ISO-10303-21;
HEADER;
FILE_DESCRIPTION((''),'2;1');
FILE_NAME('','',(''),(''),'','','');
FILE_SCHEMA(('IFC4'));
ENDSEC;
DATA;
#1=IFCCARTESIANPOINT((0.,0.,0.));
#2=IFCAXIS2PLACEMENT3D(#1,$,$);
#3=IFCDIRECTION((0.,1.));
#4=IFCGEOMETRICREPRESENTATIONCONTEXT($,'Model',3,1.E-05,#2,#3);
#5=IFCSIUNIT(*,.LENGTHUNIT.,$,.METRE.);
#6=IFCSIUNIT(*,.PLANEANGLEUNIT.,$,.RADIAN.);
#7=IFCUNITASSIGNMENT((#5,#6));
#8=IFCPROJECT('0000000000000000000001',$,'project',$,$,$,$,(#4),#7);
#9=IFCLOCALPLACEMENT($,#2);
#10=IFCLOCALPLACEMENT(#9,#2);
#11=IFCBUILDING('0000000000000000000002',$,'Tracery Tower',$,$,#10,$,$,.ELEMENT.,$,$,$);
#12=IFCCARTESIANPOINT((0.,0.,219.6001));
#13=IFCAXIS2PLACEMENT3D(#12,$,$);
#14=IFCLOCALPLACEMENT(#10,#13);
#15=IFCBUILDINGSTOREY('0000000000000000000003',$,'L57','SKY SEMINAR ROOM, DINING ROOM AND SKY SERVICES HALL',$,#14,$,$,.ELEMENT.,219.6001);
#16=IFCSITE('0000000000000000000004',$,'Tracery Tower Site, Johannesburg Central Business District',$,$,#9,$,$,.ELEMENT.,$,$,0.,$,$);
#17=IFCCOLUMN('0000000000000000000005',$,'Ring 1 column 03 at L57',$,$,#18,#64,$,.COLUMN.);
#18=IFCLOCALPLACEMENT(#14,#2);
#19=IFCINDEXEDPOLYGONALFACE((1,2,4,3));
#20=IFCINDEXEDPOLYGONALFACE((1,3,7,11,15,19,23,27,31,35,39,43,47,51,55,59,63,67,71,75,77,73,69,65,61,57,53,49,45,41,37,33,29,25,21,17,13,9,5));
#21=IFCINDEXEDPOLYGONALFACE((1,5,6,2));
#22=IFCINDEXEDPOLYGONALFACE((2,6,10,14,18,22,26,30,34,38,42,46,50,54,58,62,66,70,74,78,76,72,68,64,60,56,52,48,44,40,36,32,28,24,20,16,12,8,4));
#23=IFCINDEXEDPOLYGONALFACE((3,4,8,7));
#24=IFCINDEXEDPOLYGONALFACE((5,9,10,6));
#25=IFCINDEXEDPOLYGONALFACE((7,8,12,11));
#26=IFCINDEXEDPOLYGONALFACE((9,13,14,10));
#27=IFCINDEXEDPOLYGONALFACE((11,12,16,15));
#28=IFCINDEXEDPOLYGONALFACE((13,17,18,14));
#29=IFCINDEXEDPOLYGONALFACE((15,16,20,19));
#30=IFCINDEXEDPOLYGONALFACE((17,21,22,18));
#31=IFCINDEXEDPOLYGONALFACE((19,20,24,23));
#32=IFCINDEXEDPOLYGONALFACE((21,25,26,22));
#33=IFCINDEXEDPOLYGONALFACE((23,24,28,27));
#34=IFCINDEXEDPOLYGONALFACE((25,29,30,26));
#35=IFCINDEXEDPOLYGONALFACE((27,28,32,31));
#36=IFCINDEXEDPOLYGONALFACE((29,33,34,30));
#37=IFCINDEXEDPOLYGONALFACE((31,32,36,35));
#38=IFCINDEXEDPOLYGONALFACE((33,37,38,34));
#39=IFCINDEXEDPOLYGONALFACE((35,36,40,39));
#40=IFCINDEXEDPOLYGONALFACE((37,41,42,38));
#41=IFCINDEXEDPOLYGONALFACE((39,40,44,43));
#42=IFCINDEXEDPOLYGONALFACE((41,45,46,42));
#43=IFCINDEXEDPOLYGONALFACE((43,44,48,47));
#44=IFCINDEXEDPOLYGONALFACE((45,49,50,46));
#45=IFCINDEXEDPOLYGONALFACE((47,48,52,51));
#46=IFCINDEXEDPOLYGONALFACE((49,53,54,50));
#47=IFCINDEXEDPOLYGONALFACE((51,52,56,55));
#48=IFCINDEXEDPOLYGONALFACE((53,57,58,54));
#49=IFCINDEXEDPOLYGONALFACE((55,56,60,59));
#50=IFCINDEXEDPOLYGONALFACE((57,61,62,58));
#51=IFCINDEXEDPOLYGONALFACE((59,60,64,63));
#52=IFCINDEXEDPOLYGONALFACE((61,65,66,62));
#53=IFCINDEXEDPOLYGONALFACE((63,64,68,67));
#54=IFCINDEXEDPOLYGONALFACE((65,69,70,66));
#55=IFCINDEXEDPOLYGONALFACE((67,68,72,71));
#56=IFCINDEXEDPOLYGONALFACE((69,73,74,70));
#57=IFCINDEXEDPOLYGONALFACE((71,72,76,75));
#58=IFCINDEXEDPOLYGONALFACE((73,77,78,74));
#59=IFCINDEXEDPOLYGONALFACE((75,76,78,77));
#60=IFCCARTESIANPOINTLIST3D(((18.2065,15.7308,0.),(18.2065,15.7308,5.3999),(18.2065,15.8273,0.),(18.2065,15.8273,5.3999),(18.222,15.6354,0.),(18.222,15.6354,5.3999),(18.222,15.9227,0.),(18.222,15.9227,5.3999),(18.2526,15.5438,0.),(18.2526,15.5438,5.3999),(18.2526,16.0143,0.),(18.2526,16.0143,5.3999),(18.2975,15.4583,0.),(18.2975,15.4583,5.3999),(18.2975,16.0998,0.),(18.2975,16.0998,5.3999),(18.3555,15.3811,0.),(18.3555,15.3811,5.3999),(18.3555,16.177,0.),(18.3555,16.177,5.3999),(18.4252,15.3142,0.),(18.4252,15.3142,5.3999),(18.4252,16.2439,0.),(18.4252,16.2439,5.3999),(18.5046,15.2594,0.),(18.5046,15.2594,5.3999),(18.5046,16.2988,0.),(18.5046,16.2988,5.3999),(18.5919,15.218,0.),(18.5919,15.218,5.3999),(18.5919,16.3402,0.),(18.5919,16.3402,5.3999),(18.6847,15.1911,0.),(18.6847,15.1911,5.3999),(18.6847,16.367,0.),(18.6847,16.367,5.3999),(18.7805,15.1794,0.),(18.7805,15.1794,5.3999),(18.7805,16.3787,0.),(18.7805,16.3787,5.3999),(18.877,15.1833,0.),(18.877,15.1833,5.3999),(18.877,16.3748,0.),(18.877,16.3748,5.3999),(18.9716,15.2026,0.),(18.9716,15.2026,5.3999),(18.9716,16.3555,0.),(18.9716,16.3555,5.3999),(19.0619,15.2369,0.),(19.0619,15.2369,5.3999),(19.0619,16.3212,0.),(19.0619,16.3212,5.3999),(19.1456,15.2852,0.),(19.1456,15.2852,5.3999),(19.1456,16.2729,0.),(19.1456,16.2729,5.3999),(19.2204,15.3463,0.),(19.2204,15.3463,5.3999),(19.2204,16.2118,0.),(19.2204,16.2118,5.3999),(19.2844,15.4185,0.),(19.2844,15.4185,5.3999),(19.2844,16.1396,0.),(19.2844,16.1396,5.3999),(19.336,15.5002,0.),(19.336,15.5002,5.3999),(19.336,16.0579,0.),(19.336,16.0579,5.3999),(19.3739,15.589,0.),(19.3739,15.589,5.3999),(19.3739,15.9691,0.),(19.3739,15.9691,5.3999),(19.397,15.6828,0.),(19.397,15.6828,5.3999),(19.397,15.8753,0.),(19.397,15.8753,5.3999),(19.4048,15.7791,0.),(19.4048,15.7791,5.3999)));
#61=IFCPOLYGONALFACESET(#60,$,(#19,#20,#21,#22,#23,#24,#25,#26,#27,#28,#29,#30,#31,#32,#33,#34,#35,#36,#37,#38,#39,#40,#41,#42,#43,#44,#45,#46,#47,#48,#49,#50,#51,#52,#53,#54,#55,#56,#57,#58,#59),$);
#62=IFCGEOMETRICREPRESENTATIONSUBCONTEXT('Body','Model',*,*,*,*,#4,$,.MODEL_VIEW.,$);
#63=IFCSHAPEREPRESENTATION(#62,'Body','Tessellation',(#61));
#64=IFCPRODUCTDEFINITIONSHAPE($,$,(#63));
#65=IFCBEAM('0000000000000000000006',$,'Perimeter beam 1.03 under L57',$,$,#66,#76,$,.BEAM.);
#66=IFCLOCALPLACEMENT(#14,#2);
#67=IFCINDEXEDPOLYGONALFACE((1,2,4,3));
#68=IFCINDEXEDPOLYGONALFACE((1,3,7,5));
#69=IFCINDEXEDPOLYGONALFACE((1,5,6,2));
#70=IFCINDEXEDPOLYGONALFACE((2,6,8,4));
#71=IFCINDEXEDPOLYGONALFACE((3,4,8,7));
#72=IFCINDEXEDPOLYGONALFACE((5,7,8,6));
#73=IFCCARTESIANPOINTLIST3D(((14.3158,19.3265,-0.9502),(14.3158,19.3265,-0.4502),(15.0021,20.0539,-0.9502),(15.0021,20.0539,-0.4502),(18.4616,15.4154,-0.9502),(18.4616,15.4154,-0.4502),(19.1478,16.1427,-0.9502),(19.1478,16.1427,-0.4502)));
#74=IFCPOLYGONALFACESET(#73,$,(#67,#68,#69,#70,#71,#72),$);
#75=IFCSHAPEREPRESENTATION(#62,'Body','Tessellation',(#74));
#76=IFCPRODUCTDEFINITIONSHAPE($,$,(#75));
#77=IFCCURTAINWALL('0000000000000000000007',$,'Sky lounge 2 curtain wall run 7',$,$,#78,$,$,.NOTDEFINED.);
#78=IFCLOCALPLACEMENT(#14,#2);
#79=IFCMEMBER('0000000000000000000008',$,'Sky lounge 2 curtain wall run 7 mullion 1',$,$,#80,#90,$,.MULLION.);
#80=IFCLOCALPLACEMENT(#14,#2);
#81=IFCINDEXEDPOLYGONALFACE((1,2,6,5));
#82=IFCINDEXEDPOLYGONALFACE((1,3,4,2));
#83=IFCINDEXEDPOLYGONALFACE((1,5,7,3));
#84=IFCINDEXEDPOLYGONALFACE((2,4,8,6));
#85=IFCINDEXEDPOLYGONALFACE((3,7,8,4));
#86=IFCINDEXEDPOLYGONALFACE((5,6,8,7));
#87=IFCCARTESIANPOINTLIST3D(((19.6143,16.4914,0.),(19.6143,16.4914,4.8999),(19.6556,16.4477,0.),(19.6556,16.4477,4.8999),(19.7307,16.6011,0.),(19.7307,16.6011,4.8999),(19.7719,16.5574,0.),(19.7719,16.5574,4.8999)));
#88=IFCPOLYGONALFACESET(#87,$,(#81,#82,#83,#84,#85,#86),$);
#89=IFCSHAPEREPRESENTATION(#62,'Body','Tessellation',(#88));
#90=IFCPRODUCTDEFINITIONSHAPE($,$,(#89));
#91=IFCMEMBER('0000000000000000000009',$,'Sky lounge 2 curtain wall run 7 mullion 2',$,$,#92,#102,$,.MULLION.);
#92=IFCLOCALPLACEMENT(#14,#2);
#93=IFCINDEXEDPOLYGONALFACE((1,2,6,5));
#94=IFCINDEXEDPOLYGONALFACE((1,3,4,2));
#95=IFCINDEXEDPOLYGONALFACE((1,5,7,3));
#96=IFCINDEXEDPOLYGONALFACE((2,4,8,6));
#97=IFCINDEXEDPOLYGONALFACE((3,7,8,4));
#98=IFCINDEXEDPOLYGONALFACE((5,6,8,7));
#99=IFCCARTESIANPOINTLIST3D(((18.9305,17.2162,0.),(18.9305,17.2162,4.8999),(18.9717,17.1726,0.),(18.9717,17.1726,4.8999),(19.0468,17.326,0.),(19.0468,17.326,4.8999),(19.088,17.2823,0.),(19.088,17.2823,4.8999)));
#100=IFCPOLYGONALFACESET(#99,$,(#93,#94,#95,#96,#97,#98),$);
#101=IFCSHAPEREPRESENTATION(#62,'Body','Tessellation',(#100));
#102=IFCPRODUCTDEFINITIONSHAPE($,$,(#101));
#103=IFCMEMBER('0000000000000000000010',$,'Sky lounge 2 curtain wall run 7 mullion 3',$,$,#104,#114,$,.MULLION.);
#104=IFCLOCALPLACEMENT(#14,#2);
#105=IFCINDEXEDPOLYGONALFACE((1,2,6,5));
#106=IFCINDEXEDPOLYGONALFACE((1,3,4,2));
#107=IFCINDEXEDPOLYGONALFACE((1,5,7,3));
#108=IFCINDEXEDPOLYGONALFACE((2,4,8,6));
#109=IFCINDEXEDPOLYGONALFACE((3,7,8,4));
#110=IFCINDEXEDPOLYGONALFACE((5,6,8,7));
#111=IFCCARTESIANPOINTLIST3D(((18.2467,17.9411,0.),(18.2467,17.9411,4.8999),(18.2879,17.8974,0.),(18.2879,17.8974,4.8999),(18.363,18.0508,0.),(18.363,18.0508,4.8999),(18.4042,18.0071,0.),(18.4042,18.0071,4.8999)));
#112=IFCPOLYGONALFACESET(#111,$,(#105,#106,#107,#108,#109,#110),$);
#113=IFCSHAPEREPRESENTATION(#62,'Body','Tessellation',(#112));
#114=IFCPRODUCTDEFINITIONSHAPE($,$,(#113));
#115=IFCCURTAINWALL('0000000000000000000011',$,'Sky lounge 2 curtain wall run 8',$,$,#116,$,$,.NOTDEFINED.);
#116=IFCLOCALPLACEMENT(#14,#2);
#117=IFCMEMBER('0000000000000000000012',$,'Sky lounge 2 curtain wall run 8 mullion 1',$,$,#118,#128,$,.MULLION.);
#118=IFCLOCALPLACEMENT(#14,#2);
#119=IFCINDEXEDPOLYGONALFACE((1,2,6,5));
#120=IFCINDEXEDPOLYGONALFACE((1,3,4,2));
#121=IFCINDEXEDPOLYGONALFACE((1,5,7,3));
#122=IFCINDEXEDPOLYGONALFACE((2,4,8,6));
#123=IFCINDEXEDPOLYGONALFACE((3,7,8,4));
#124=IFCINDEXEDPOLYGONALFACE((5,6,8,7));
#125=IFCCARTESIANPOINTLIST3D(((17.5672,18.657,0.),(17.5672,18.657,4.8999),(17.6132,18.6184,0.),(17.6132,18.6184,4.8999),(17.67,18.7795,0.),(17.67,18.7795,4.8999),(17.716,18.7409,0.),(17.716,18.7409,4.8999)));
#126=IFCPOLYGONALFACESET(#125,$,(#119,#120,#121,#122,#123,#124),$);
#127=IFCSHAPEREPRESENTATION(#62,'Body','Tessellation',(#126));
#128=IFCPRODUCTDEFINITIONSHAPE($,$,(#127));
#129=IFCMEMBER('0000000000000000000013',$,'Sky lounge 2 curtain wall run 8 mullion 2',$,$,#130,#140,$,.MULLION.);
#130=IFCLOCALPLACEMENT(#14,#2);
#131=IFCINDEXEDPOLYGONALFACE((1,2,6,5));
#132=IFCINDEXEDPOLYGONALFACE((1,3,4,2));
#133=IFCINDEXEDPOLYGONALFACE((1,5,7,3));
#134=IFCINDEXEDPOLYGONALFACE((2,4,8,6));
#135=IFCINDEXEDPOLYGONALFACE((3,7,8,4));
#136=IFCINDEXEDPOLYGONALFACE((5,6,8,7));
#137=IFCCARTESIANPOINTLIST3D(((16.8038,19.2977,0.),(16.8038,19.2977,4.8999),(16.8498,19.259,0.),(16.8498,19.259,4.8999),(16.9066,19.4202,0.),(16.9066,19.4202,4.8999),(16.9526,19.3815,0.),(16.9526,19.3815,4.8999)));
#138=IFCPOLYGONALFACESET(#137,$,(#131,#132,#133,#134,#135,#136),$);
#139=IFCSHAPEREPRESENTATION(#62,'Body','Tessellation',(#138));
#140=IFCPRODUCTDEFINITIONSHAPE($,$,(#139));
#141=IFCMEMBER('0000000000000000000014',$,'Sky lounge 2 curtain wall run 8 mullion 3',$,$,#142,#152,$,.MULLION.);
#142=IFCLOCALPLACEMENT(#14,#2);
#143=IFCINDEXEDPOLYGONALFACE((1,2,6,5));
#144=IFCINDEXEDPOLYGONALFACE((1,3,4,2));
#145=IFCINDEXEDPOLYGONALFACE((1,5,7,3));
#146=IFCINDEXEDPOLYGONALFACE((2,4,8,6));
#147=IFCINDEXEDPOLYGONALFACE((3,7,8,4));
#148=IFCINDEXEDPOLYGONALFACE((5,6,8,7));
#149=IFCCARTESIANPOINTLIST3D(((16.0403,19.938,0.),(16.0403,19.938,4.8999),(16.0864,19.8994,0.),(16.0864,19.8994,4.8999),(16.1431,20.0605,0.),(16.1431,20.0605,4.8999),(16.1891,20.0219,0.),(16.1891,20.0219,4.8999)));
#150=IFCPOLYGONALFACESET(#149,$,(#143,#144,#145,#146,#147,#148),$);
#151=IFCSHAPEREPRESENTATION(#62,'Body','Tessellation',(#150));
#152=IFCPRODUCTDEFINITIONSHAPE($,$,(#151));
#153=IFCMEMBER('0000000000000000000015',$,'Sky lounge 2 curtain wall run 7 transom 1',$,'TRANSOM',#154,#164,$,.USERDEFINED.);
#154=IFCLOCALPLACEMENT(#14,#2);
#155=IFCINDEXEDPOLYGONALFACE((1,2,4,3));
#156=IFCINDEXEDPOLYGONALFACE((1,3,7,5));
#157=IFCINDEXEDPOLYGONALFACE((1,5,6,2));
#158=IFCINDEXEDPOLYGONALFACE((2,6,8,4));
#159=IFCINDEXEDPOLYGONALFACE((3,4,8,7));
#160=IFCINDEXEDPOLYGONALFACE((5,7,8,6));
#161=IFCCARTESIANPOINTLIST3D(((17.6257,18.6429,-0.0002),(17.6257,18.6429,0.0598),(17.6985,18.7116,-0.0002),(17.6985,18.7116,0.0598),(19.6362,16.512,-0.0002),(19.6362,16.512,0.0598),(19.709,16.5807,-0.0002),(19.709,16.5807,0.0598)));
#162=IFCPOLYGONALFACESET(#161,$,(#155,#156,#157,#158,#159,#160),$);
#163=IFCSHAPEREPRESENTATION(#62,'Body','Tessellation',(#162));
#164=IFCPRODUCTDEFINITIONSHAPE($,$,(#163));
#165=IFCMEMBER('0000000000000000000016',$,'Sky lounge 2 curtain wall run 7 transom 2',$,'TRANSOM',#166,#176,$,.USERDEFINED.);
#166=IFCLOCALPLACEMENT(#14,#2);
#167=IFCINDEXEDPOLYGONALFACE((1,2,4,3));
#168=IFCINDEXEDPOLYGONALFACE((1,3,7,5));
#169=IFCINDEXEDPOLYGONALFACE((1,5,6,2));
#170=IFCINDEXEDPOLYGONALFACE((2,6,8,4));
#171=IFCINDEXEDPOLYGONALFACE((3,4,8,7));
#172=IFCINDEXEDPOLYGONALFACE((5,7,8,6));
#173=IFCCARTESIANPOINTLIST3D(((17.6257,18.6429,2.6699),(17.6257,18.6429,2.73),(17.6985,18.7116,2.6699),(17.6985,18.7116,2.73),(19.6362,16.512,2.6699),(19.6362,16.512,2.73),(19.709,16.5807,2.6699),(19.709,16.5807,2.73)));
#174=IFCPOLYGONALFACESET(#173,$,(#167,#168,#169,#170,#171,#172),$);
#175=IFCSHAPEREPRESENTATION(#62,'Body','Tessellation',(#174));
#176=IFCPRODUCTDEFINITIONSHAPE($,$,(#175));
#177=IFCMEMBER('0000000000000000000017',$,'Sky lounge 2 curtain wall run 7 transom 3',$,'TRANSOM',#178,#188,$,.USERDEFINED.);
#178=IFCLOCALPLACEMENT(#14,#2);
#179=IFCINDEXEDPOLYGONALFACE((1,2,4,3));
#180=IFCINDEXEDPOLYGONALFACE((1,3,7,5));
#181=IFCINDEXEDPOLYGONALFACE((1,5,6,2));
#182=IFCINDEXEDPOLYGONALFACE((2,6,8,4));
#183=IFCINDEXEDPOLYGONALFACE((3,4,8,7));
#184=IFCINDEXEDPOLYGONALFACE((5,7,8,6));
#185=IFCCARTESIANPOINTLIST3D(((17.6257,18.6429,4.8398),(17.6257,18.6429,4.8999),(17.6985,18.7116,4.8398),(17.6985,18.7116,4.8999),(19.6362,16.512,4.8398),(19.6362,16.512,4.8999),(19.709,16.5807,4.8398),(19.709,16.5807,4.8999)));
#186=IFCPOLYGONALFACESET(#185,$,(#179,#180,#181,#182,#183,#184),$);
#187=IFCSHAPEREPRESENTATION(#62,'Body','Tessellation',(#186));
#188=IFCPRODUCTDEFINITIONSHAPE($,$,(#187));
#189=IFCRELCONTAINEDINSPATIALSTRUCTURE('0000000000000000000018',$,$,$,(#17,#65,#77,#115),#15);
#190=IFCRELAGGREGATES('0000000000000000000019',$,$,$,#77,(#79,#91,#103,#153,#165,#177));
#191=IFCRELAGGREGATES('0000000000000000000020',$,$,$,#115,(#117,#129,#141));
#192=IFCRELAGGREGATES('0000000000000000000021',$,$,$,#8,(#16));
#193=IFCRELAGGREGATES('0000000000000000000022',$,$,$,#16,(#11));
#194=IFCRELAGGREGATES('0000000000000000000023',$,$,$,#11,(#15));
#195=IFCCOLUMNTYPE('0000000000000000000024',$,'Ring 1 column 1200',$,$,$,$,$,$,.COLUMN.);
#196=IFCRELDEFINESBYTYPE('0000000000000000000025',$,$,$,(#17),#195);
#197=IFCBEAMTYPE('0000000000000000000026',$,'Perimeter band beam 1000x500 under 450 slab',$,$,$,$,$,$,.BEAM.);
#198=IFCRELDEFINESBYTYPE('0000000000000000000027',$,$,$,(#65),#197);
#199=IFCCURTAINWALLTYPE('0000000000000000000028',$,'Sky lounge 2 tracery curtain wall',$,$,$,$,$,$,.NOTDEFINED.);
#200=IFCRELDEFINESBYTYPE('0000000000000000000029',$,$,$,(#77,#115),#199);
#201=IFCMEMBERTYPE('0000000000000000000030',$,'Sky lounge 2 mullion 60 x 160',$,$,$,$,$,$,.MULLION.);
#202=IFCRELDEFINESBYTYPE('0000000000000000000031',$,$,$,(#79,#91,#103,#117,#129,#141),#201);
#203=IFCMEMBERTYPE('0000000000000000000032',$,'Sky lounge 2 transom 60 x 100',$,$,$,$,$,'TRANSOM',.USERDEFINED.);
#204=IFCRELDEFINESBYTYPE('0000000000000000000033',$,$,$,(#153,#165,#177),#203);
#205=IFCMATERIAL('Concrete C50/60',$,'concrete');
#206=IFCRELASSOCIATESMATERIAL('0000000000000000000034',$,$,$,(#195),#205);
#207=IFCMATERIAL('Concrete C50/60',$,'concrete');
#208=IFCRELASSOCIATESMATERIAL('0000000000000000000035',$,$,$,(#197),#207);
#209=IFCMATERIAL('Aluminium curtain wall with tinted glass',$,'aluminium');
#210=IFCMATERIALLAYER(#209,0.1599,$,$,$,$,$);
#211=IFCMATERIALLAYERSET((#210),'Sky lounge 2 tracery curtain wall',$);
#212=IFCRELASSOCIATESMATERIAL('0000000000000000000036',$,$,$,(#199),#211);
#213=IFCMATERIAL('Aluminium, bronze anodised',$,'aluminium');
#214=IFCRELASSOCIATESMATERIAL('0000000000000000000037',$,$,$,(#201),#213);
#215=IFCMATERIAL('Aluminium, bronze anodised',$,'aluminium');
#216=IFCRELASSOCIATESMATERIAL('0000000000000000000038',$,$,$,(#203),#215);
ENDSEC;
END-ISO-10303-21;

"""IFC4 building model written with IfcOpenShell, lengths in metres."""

from ifc_helpers import new_model, si_unit, direction, frame, origin, origin_2d, place, context, subcontext, project, spatial, rectangle, circle, extrude, material, layer, layer_set, material_profile, profile_set, type_object, element, aggregate, save


model = new_model("IFC4")

# Units and contexts
model_context = context("Model", 3, precision=1e-05, world=origin(), true_north=direction((0.0, 1.0)))
body_context = subcontext(model_context, "Body", "Model", "MODEL_VIEW")
ifc_project = project(units=[si_unit("LENGTHUNIT", "METRE"), si_unit("PLANEANGLEUNIT", "RADIAN")], contexts=[model_context])

# Site, building, storey
site_placement = place(None, origin())
site = spatial("IfcSite", under=ifc_project, at=site_placement, Name="Tracery Tower Site, Johannesburg Central Business District", CompositionType="ELEMENT", RefElevation=0.0)
building_placement = place(site_placement, origin())
building = spatial("IfcBuilding", under=site, at=building_placement, Name="Tracery Tower", CompositionType="ELEMENT")
storey_placement = place(building_placement, frame((0.0, 0.0, 219.6001)))
storey = spatial("IfcBuildingStorey", under=building, at=storey_placement, Name="L57", Description="SKY SEMINAR ROOM, DINING ROOM AND SKY SERVICES HALL", CompositionType="ELEMENT", Elevation=219.6001)

# Column
ifc_material_1 = material(Name="Concrete C50/60", Category="concrete")
ifc_material_profile_1 = material_profile(ifc_material_1, circle(Radius=0.6001, at=origin_2d()), Name="RC D1200")
ifc_profile_set_1 = profile_set([ifc_material_profile_1], Name="Concrete C50/60")
column_type = type_object("IfcColumnType", Name="Ring 1 column 1200", PredefinedType="COLUMN", material=ifc_profile_set_1)
column_placement = place(storey_placement, frame((18.8047, 15.7791, 0.0), z_axis=(0.0, 0.0, 1.0), x_axis=(1.0, 0.0, 0.0)))
element("IfcColumn", 1, at=column_placement, inside=storey, type_object=column_type, Name="Ring 1 column 03 at L57", PredefinedType="COLUMN", context=body_context, shape_type="SweptSolid", body=[
    extrude(circle(Radius=0.6001, at=origin_2d()), origin(), (0.0, 0.0, 1.0), 5.3999),
])

# Beam
ifc_material_2 = material(Name="Concrete C50/60", Category="concrete")
ifc_material_profile_2 = material_profile(ifc_material_2, rectangle(XDim=1.0, YDim=0.5, at=origin_2d()), Name="RC 1000x500")
ifc_profile_set_2 = profile_set([ifc_material_profile_2], Name="Concrete C50/60")
beam_type = type_object("IfcBeamType", Name="Perimeter band beam 1000x500 under 450 slab", PredefinedType="BEAM", material=ifc_profile_set_2)
beam_placement = place(storey_placement, frame((18.8047, 15.7791, -0.7002), z_axis=(-0.72739, 0.686225, 0.0), x_axis=(-0.686225, -0.72739, 0.0)))
element("IfcBeam", 2, at=beam_placement, inside=storey, type_object=beam_type, Name="Perimeter beam 1.03 under L57", PredefinedType="BEAM", context=body_context, shape_type="SweptSolid", body=[
    extrude(rectangle(XDim=1.0, YDim=0.5, at=origin_2d()), origin(), (0.0, 0.0, 1.0), 5.6995),
])

# Curtain walls, members
ifc_material_3 = material(Name="Aluminium curtain wall with tinted glass", Category="aluminium")
ifc_layer_1 = layer(ifc_material_3, 0.1599)
ifc_layer_set_1 = layer_set([ifc_layer_1], Name="Sky lounge 2 tracery curtain wall")
curtain_wall_type = type_object("IfcCurtainWallType", Name="Sky lounge 2 tracery curtain wall", PredefinedType="NOTDEFINED", material=ifc_layer_set_1)
curtain_wall_1_placement = place(storey_placement, origin())
curtain_wall_1 = element("IfcCurtainWall", 3, at=curtain_wall_1_placement, inside=storey, type_object=curtain_wall_type, Name="Sky lounge 2 curtain wall run 7", PredefinedType="NOTDEFINED")
ifc_material_4 = material(Name="Aluminium, bronze anodised", Category="aluminium")
ifc_material_profile_3 = material_profile(ifc_material_4, rectangle(XDim=0.1599, YDim=0.0601, at=origin_2d()), Name="AL 60x160")
ifc_profile_set_3 = profile_set([ifc_material_profile_3], Name="Aluminium, bronze anodised")
member_type_1 = type_object("IfcMemberType", Name="Sky lounge 2 mullion 60 x 160", PredefinedType="MULLION", material=ifc_profile_set_3)
member_1_placement = place(storey_placement, frame((19.6931, 16.5244, 0.0), z_axis=(0.0, 0.0, 1.0), x_axis=(-0.727374, -0.686242, 0.0)))
member_1 = element("IfcMember", 4, at=member_1_placement, type_object=member_type_1, Name="Sky lounge 2 curtain wall run 7 mullion 1", PredefinedType="MULLION", context=body_context, shape_type="SweptSolid", body=[
    extrude(rectangle(XDim=0.1599, YDim=0.0601, at=origin_2d()), origin(), (0.0, 0.0, 1.0), 4.8999),
])
member_2_placement = place(storey_placement, frame((19.0093, 17.2493, 0.0), z_axis=(0.0, 0.0, 1.0), x_axis=(-0.727374, -0.686242, 0.0)))
member_2 = element("IfcMember", 5, at=member_2_placement, type_object=member_type_1, Name="Sky lounge 2 curtain wall run 7 mullion 2", PredefinedType="MULLION", context=body_context, shape_type="SweptSolid", body=[
    extrude(rectangle(XDim=0.1599, YDim=0.0601, at=origin_2d()), origin(), (0.0, 0.0, 1.0), 4.8999),
])
member_3_placement = place(storey_placement, frame((18.3254, 17.9741, 0.0), z_axis=(0.0, 0.0, 1.0), x_axis=(-0.727374, -0.686242, 0.0)))
member_3 = element("IfcMember", 6, at=member_3_placement, type_object=member_type_1, Name="Sky lounge 2 curtain wall run 7 mullion 3", PredefinedType="MULLION", context=body_context, shape_type="SweptSolid", body=[
    extrude(rectangle(XDim=0.1599, YDim=0.0601, at=origin_2d()), origin(), (0.0, 0.0, 1.0), 4.8999),
])
curtain_wall_2_placement = place(storey_placement, origin())
curtain_wall_2 = element("IfcCurtainWall", 7, at=curtain_wall_2_placement, inside=storey, type_object=curtain_wall_type, Name="Sky lounge 2 curtain wall run 8", PredefinedType="NOTDEFINED")
member_4_placement = place(storey_placement, frame((17.6416, 18.699, 0.0), z_axis=(0.0, 0.0, 1.0), x_axis=(-0.642788, -0.766044, 0.0)))
member_4 = element("IfcMember", 8, at=member_4_placement, type_object=member_type_1, Name="Sky lounge 2 curtain wall run 8 mullion 1", PredefinedType="MULLION", context=body_context, shape_type="SweptSolid", body=[
    extrude(rectangle(XDim=0.1599, YDim=0.0601, at=origin_2d()), origin(), (0.0, 0.0, 1.0), 4.8999),
])
member_5_placement = place(storey_placement, frame((16.8782, 19.3396, 0.0), z_axis=(0.0, 0.0, 1.0), x_axis=(-0.642788, -0.766044, 0.0)))
member_5 = element("IfcMember", 9, at=member_5_placement, type_object=member_type_1, Name="Sky lounge 2 curtain wall run 8 mullion 2", PredefinedType="MULLION", context=body_context, shape_type="SweptSolid", body=[
    extrude(rectangle(XDim=0.1599, YDim=0.0601, at=origin_2d()), origin(), (0.0, 0.0, 1.0), 4.8999),
])
member_6_placement = place(storey_placement, frame((16.1147, 19.98, 0.0), z_axis=(0.0, 0.0, 1.0), x_axis=(-0.642788, -0.766044, 0.0)))
member_6 = element("IfcMember", 10, at=member_6_placement, type_object=member_type_1, Name="Sky lounge 2 curtain wall run 8 mullion 3", PredefinedType="MULLION", context=body_context, shape_type="SweptSolid", body=[
    extrude(rectangle(XDim=0.1599, YDim=0.0601, at=origin_2d()), origin(), (0.0, 0.0, 1.0), 4.8999),
])

# Members
ifc_material_5 = material(Name="Aluminium, bronze anodised", Category="aluminium")
ifc_material_profile_4 = material_profile(ifc_material_5, rectangle(XDim=0.1001, YDim=0.0601, at=origin_2d()), Name="AL 60x100")
ifc_profile_set_4 = profile_set([ifc_material_profile_4], Name="Aluminium, bronze anodised")
member_type_2 = type_object("IfcMemberType", Name="Sky lounge 2 transom 60 x 100", ElementType="TRANSOM", PredefinedType="USERDEFINED", material=ifc_profile_set_4)
member_7_placement = place(storey_placement, frame((19.6726, 16.5464, 0.0298), z_axis=(-0.686266, 0.72735, 0.0), x_axis=(-0.72735, -0.686266, 0.0)))
member_7 = element("IfcMember", 11, at=member_7_placement, type_object=member_type_2, Name="Sky lounge 2 curtain wall run 7 transom 1", ObjectType="TRANSOM", PredefinedType="USERDEFINED", context=body_context, shape_type="SweptSolid", body=[
    extrude(rectangle(XDim=0.1001, YDim=0.0601, at=origin_2d()), origin(), (0.0, 0.0, 1.0), 2.9297),
])
member_8_placement = place(storey_placement, frame((19.6726, 16.5464, 2.7), z_axis=(-0.686266, 0.72735, 0.0), x_axis=(-0.72735, -0.686266, 0.0)))
member_8 = element("IfcMember", 12, at=member_8_placement, type_object=member_type_2, Name="Sky lounge 2 curtain wall run 7 transom 2", ObjectType="TRANSOM", PredefinedType="USERDEFINED", context=body_context, shape_type="SweptSolid", body=[
    extrude(rectangle(XDim=0.1001, YDim=0.0601, at=origin_2d()), origin(), (0.0, 0.0, 1.0), 2.9297),
])
member_9_placement = place(storey_placement, frame((19.6726, 16.5464, 4.8699), z_axis=(-0.686266, 0.72735, 0.0), x_axis=(-0.72735, -0.686266, 0.0)))
member_9 = element("IfcMember", 13, at=member_9_placement, type_object=member_type_2, Name="Sky lounge 2 curtain wall run 7 transom 3", ObjectType="TRANSOM", PredefinedType="USERDEFINED", context=body_context, shape_type="SweptSolid", body=[
    extrude(rectangle(XDim=0.1001, YDim=0.0601, at=origin_2d()), origin(), (0.0, 0.0, 1.0), 2.9297),
])

aggregate(curtain_wall_1, [member_1, member_2, member_3, member_7, member_8, member_9])
aggregate(curtain_wall_2, [member_4, member_5, member_6])

save(model, "model.ifc")
